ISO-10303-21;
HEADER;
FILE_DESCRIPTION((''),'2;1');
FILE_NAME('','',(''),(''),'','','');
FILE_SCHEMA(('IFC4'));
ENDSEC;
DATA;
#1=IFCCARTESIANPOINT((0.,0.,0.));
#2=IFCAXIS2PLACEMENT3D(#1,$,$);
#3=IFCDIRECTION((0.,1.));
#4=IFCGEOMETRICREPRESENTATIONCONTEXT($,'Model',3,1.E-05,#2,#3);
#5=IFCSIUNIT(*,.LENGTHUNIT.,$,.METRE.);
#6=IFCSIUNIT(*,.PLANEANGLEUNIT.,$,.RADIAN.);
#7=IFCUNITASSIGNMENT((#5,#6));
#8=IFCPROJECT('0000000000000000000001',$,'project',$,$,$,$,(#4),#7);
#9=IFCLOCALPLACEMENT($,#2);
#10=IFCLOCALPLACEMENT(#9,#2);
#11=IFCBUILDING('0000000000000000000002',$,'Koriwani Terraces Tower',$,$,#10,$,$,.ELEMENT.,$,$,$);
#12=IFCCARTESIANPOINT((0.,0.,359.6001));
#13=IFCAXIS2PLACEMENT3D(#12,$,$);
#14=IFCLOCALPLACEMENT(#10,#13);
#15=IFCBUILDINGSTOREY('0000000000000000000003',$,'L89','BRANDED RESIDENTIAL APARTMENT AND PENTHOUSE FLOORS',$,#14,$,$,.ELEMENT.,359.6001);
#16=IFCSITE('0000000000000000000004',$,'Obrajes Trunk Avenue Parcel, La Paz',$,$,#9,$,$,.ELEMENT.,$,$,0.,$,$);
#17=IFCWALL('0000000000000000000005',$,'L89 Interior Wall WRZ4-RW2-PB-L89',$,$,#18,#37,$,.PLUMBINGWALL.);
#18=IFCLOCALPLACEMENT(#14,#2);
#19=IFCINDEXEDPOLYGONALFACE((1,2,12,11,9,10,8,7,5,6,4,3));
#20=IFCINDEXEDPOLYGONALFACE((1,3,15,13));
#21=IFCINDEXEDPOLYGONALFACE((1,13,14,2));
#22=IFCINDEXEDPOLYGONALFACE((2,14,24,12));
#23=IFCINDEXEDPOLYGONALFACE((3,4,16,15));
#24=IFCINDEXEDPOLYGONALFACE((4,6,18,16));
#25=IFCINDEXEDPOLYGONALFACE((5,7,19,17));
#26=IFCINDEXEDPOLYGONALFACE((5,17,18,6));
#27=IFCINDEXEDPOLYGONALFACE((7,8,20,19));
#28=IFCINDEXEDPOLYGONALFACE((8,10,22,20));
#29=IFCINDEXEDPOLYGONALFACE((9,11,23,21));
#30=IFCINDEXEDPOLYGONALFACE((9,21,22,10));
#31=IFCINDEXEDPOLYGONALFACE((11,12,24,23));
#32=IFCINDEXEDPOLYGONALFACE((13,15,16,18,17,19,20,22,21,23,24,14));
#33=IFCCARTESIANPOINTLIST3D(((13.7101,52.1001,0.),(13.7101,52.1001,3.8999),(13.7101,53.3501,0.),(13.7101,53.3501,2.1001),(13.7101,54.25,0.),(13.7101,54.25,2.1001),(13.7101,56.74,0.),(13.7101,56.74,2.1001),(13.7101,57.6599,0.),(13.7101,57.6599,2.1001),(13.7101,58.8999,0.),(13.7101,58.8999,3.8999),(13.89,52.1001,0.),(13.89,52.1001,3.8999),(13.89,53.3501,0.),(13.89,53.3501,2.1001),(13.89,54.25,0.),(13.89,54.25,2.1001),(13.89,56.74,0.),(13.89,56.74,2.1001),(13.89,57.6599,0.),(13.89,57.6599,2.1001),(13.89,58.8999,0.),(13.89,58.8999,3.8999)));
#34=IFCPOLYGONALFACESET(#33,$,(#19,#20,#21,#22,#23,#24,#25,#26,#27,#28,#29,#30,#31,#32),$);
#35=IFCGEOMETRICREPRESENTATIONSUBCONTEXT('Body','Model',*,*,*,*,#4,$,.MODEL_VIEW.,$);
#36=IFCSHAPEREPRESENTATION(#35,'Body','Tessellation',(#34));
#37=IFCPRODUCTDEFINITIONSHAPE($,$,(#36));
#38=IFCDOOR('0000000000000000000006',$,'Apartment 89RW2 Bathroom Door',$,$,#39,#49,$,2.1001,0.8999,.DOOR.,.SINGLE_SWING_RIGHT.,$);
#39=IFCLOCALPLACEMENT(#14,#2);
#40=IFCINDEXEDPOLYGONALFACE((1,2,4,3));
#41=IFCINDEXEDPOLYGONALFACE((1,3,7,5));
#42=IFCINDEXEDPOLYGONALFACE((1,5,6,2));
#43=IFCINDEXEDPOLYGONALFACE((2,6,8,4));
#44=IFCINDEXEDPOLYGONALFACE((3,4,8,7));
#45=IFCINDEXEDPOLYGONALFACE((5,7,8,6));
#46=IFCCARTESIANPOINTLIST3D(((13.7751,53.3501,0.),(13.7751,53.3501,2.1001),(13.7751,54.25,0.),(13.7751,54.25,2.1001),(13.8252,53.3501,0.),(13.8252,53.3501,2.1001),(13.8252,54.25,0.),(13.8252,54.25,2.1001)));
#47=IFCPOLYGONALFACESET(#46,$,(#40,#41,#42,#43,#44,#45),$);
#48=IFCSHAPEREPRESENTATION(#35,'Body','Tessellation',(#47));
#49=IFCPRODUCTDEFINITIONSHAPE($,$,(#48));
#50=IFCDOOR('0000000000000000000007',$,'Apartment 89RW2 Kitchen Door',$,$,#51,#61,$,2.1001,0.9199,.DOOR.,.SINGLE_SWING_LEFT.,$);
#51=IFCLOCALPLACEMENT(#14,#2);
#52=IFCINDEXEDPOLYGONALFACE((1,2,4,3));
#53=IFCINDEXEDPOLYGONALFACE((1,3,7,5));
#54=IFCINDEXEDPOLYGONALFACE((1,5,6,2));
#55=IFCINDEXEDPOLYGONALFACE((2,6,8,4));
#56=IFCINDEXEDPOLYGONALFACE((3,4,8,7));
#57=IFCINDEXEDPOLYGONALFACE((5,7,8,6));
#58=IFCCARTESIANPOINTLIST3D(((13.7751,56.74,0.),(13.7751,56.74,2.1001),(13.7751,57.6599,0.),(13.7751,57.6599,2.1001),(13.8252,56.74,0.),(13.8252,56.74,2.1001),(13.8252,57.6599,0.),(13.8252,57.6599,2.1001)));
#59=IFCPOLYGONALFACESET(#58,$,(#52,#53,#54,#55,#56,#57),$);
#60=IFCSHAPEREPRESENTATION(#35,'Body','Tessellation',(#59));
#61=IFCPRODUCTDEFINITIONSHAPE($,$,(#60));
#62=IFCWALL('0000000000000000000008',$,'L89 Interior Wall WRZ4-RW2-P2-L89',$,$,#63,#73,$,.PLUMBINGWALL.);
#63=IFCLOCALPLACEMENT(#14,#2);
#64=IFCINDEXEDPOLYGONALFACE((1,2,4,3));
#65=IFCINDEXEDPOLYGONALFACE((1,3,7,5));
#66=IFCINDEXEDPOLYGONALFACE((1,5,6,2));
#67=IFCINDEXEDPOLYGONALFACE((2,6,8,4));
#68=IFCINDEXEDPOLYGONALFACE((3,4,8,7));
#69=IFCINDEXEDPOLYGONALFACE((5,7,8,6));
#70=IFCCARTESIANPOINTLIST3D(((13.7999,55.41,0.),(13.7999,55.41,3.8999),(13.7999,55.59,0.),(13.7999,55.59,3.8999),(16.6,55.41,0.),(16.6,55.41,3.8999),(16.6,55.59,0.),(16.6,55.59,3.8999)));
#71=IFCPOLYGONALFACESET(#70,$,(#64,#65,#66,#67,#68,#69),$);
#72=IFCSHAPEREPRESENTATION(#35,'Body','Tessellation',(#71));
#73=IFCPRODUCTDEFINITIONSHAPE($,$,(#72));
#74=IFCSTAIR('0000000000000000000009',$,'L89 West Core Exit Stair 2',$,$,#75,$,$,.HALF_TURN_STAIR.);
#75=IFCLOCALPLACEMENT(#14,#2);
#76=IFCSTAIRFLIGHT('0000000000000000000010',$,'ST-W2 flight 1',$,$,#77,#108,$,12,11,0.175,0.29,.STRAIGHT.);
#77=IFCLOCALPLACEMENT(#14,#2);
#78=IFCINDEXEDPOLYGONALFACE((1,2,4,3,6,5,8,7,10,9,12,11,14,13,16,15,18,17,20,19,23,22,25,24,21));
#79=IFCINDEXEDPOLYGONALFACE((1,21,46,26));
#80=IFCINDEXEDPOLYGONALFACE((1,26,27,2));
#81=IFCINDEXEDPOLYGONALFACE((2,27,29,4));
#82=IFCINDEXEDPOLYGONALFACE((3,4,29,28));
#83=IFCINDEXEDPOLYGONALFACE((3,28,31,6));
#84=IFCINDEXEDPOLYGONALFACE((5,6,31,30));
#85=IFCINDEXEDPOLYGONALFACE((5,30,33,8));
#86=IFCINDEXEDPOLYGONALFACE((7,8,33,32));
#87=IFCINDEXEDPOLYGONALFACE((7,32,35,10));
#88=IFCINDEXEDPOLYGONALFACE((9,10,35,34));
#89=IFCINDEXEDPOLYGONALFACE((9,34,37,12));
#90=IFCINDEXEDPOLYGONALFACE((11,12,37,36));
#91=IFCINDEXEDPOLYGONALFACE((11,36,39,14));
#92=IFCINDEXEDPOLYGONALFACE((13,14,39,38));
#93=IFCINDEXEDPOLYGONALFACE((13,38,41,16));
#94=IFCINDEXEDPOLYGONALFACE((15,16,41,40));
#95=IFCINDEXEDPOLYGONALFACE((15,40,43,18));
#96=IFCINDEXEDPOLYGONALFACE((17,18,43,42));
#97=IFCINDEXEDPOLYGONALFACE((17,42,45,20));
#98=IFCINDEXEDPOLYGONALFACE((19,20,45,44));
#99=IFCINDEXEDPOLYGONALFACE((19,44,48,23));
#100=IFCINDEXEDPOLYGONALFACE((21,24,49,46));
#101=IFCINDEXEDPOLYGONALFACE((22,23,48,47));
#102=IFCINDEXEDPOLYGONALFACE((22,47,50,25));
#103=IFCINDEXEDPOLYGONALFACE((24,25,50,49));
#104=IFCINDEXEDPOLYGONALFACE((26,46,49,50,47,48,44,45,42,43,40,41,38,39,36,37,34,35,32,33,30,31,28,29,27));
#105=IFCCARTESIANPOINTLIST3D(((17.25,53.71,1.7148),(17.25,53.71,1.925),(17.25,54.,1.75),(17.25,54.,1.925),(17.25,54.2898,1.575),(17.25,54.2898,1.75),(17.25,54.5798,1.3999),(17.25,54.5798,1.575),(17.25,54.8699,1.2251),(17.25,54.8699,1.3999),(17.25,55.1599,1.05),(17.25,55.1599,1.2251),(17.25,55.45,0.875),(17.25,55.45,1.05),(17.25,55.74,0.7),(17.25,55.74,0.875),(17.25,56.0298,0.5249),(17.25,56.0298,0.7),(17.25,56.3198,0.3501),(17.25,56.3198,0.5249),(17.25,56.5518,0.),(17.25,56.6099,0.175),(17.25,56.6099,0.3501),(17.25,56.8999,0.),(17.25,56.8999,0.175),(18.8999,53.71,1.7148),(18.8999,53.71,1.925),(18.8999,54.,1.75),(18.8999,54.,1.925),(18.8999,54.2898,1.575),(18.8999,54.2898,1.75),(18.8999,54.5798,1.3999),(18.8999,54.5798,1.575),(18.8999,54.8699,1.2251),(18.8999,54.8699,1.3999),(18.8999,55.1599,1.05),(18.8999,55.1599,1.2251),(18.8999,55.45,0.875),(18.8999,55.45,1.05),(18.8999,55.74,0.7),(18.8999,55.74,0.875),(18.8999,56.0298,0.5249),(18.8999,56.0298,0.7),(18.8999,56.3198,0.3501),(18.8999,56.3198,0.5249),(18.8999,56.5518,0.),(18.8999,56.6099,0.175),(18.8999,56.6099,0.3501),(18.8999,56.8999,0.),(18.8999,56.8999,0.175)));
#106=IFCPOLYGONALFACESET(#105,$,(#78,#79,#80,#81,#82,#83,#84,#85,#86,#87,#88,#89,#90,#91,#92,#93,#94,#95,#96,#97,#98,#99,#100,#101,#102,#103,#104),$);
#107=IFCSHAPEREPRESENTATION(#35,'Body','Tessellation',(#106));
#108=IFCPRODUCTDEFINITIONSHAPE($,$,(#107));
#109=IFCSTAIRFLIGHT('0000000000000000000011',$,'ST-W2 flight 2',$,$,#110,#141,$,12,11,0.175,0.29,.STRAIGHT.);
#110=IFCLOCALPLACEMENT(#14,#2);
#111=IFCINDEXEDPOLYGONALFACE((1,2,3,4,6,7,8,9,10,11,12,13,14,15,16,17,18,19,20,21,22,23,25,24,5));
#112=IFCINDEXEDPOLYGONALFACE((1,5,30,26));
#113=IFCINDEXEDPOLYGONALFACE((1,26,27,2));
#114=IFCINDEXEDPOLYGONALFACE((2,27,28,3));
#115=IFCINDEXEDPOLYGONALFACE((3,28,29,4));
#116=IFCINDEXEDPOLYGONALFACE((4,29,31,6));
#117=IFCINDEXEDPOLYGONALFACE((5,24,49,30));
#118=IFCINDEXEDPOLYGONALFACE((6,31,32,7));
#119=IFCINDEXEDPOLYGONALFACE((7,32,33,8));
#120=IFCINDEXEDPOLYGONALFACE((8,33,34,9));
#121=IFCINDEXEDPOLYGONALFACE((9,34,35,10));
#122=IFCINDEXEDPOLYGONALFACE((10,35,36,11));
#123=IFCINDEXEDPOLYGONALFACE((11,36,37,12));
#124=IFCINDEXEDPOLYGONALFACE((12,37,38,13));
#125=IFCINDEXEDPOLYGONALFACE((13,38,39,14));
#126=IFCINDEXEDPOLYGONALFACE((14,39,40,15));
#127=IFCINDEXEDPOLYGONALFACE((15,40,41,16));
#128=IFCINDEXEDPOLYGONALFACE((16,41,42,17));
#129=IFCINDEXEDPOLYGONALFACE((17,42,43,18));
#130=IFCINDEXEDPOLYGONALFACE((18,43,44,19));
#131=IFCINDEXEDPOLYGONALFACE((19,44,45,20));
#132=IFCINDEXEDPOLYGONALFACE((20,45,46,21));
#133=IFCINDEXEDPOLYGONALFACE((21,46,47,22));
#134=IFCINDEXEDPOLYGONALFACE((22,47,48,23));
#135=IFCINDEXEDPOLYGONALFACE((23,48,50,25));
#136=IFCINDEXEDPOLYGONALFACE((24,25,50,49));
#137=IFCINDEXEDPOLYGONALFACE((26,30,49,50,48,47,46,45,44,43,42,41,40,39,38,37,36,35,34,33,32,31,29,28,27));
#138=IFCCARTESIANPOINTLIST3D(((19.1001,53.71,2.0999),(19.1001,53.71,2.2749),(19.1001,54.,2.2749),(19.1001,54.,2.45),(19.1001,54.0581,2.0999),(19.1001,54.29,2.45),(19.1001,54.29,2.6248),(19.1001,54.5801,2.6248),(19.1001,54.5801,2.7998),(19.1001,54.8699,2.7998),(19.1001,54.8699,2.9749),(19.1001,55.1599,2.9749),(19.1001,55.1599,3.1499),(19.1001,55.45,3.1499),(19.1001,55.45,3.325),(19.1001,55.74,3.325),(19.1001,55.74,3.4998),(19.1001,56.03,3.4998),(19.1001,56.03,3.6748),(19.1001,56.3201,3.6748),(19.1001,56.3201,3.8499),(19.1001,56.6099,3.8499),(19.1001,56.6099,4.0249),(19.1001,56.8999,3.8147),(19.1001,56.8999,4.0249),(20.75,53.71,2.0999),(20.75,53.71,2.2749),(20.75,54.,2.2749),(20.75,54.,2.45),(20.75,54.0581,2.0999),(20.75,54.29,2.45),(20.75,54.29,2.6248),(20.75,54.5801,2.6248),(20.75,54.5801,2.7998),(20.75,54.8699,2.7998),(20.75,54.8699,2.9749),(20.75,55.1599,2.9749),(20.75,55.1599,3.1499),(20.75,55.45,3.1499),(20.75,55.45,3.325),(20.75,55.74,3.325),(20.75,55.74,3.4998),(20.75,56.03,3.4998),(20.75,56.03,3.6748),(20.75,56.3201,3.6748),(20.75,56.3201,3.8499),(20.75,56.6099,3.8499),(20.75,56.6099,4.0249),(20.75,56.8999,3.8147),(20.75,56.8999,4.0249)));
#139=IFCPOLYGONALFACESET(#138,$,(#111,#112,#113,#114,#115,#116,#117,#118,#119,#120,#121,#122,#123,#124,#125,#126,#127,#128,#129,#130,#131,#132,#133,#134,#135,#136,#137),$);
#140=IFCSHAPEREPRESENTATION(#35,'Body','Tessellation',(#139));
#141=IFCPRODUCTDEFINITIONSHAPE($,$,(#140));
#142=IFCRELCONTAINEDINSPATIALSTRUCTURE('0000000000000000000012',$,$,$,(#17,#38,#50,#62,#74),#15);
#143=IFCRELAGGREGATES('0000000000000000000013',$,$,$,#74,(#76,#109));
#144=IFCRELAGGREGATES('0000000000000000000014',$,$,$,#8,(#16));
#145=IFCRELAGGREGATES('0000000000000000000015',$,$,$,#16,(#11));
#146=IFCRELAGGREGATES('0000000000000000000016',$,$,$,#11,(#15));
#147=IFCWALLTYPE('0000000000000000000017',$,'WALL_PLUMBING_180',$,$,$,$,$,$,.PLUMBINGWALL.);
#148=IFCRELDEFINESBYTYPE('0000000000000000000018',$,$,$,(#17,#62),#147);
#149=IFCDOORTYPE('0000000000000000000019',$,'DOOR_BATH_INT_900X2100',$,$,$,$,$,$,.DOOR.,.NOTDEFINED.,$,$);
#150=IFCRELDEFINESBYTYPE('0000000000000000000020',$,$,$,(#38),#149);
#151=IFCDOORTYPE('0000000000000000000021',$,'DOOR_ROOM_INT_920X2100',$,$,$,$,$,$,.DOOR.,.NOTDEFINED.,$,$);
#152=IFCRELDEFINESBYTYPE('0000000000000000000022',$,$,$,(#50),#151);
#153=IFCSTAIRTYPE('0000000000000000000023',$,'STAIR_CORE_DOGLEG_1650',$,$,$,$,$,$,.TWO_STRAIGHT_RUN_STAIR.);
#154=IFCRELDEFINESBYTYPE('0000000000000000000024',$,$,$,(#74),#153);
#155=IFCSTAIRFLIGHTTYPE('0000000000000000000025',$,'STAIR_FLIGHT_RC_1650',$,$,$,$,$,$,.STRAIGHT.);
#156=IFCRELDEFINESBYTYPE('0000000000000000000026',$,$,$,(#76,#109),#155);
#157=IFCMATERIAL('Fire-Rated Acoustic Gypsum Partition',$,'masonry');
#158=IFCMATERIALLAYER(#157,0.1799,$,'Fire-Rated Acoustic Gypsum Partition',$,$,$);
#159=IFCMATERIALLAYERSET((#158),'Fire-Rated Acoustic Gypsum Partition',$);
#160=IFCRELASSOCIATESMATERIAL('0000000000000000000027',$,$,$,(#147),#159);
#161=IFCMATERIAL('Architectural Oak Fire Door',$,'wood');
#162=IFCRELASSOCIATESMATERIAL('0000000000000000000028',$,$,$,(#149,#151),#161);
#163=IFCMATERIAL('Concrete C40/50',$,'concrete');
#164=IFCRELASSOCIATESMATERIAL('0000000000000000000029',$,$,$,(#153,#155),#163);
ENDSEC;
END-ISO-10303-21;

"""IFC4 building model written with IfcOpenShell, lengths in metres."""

from ifc_helpers import new_model, si_unit, direction, frame, frame_2d, origin, place, context, subcontext, project, spatial, polyline, rectangle, outline, extrude, material, layer, layer_set, type_object, element, fill, aggregate, save


model = new_model("IFC4")

# Units and contexts
model_context = context("Model", 3, precision=1e-05, world=origin(), true_north=direction((0.0, 1.0)))
body_context = subcontext(model_context, "Body", "Model", "MODEL_VIEW")
ifc_project = project(units=[si_unit("LENGTHUNIT", "METRE"), si_unit("PLANEANGLEUNIT", "RADIAN")], contexts=[model_context])

# Site, building, storey
site_placement = place(None, origin())
site = spatial("IfcSite", under=ifc_project, at=site_placement, Name="Obrajes Trunk Avenue Parcel, La Paz", CompositionType="ELEMENT", RefElevation=0.0)
building_placement = place(site_placement, origin())
building = spatial("IfcBuilding", under=site, at=building_placement, Name="Koriwani Terraces Tower", CompositionType="ELEMENT")
storey_placement = place(building_placement, frame((0.0, 0.0, 359.6001)))
storey = spatial("IfcBuildingStorey", under=building, at=storey_placement, Name="L89", Description="BRANDED RESIDENTIAL APARTMENT AND PENTHOUSE FLOORS", CompositionType="ELEMENT", Elevation=359.6001)

# Shared definitions
ifc_material_1 = material(Name="Concrete C40/50", Category="concrete")

# Wall, openings, doors
ifc_material_2 = material(Name="Fire-Rated Acoustic Gypsum Partition", Category="masonry")
ifc_layer_1 = layer(ifc_material_2, 0.1799, Name="Fire-Rated Acoustic Gypsum Partition")
ifc_layer_set_1 = layer_set([ifc_layer_1], Name="Fire-Rated Acoustic Gypsum Partition")
wall_type_1 = type_object("IfcWallType", Name="WALL_PLUMBING_180", PredefinedType="PLUMBINGWALL", material=ifc_layer_set_1)
wall_1_placement = place(storey_placement, frame((13.8, 52.1001, 0.0), z_axis=(0.0, 0.0, 1.0), x_axis=(0.0, 1.0, 0.0)))
wall_1 = element("IfcWall", 1, at=wall_1_placement, inside=storey, type_object=wall_type_1, Name="L89 Interior Wall WRZ4-RW2-PB-L89", PredefinedType="PLUMBINGWALL", context=body_context, shape_type="SweptSolid", body=[
    extrude(rectangle(XDim=6.7998, YDim=0.1799, at=frame_2d((3.3999, 0.0))), origin(), (0.0, 0.0, 1.0), 3.8999),
])
opening_1_placement = place(wall_1_placement, frame((1.25, 0.0, 0.0)))
opening_1 = element("IfcOpeningElement", 2, at=opening_1_placement, cuts=wall_1, PredefinedType="OPENING", context=body_context, shape_type="SweptSolid", body=[
    extrude(rectangle(XDim=0.8999, YDim=2.1001, at=frame_2d((0.45, 1.05))), frame((0.0, 0.1001, 0.0), z_axis=(0.0, -1.0, 0.0), x_axis=(1.0, 0.0, 0.0)), (0.0, 0.0, 1.0), 0.2),
])
opening_2_placement = place(wall_1_placement, frame((4.6399, 0.0, 0.0)))
opening_2 = element("IfcOpeningElement", 3, at=opening_2_placement, cuts=wall_1, PredefinedType="OPENING", context=body_context, shape_type="SweptSolid", body=[
    extrude(rectangle(XDim=0.9199, YDim=2.1001, at=frame_2d((0.46, 1.05))), frame((0.0, 0.1001, 0.0), z_axis=(0.0, -1.0, 0.0), x_axis=(1.0, 0.0, 0.0)), (0.0, 0.0, 1.0), 0.2),
])
ifc_material_3 = material(Name="Architectural Oak Fire Door", Category="wood")
door_type_1 = type_object("IfcDoorType", Name="DOOR_BATH_INT_900X2100", OperationType="NOTDEFINED", PredefinedType="DOOR", material=ifc_material_3)
door_1_placement = place(opening_1_placement, origin())
door_1 = element("IfcDoor", 4, at=door_1_placement, inside=storey, type_object=door_type_1, Name="Apartment 89RW2 Bathroom Door", OperationType="SINGLE_SWING_RIGHT", OverallHeight=2.1001, OverallWidth=0.8999, PredefinedType="DOOR", context=body_context, shape_type="SweptSolid", body=[
    extrude(rectangle(XDim=0.8999, YDim=2.1001, at=frame_2d((0.45, 1.05))), frame((0.0, 0.0249, 0.0), z_axis=(0.0, -1.0, 0.0), x_axis=(1.0, 0.0, 0.0)), (0.0, 0.0, 1.0), 0.05),
])
fill(opening_1, door_1)
door_type_2 = type_object("IfcDoorType", Name="DOOR_ROOM_INT_920X2100", OperationType="NOTDEFINED", PredefinedType="DOOR", material=ifc_material_3)
door_2_placement = place(opening_2_placement, origin())
door_2 = element("IfcDoor", 5, at=door_2_placement, inside=storey, type_object=door_type_2, Name="Apartment 89RW2 Kitchen Door", OperationType="SINGLE_SWING_LEFT", OverallHeight=2.1001, OverallWidth=0.9199, PredefinedType="DOOR", context=body_context, shape_type="SweptSolid", body=[
    extrude(rectangle(XDim=0.9199, YDim=2.1001, at=frame_2d((0.46, 1.05))), frame((0.0, 0.0249, 0.0), z_axis=(0.0, -1.0, 0.0), x_axis=(1.0, 0.0, 0.0)), (0.0, 0.0, 1.0), 0.05),
])
fill(opening_2, door_2)

# Wall
wall_2_placement = place(storey_placement, frame((13.8, 55.5, 0.0), z_axis=(0.0, 0.0, 1.0), x_axis=(1.0, 0.0, 0.0)))
element("IfcWall", 6, at=wall_2_placement, inside=storey, type_object=wall_type_1, Name="L89 Interior Wall WRZ4-RW2-P2-L89", PredefinedType="PLUMBINGWALL", context=body_context, shape_type="SweptSolid", body=[
    extrude(rectangle(XDim=2.8, YDim=0.1799, at=frame_2d((1.3999, 0.0))), origin(), (0.0, 0.0, 1.0), 3.8999),
])

# Stair, stair flights
stair_type = type_object("IfcStairType", Name="STAIR_CORE_DOGLEG_1650", PredefinedType="TWO_STRAIGHT_RUN_STAIR", material=ifc_material_1)
stair_placement = place(storey_placement, origin())
stair = element("IfcStair", 7, at=stair_placement, inside=storey, type_object=stair_type, Name="L89 West Core Exit Stair 2", PredefinedType="HALF_TURN_STAIR")
stair_flight_type = type_object("IfcStairFlightType", Name="STAIR_FLIGHT_RC_1650", PredefinedType="STRAIGHT", material=ifc_material_1)
stair_flight_1_placement = place(storey_placement, frame((18.075, 56.8999, 0.0), z_axis=(0.0, 0.0, 1.0), x_axis=(0.0, -1.0, 0.0)))
stair_flight_1 = element("IfcStairFlight", 8, at=stair_flight_1_placement, type_object=stair_flight_type, Name="ST-W2 flight 1", NumberOfRisers=12, NumberOfTreads=11, PredefinedType="STRAIGHT", RiserHeight=0.175, TreadLength=0.29, context=body_context, shape_type="SweptSolid", body=[
    extrude(outline(polyline([(0.0, 0.0), (0.0, 0.175), (0.29, 0.175), (0.29, 0.3501), (0.5801, 0.3501), (0.5801, 0.5249), (0.8701, 0.5249), (0.8701, 0.7), (1.1599, 0.7), (1.1599, 0.875), (1.45, 0.875), (1.45, 1.05), (1.74, 1.05), (1.74, 1.2251), (2.03, 1.2251), (2.03, 1.3999), (2.3201, 1.3999), (2.3201, 1.575), (2.6101, 1.575), (2.6101, 1.75), (2.8999, 1.75), (2.8999, 1.925), (3.1899, 1.925), (3.1899, 2.1001), (3.1899, 1.7148), (0.3481, 0.0), (0.0, 0.0)])), frame((0.0, 0.825, 0.0), z_axis=(0.0, -1.0, 0.0), x_axis=(1.0, 0.0, 0.0)), (0.0, 0.0, 1.0), 1.6499),
])
stair_flight_2_placement = place(storey_placement, frame((19.925, 53.71, 2.0999), z_axis=(0.0, 0.0, 1.0), x_axis=(0.0, 1.0, 0.0)))
stair_flight_2 = element("IfcStairFlight", 9, at=stair_flight_2_placement, type_object=stair_flight_type, Name="ST-W2 flight 2", NumberOfRisers=12, NumberOfTreads=11, PredefinedType="STRAIGHT", RiserHeight=0.175, TreadLength=0.29, context=body_context, shape_type="SweptSolid", body=[
    extrude(outline(polyline([(0.0, 0.0), (0.0, 0.175), (0.29, 0.175), (0.29, 0.3501), (0.5801, 0.3501), (0.5801, 0.5249), (0.8701, 0.5249), (0.8701, 0.7), (1.1599, 0.7), (1.1599, 0.875), (1.45, 0.875), (1.45, 1.05), (1.74, 1.05), (1.74, 1.2251), (2.03, 1.2251), (2.03, 1.3999), (2.3201, 1.3999), (2.3201, 1.575), (2.6101, 1.575), (2.6101, 1.75), (2.8999, 1.75), (2.8999, 1.925), (3.1899, 1.925), (3.1899, 2.1001), (3.1899, 1.7148), (0.3481, 0.0), (0.0, 0.0)])), frame((0.0, 0.825, 0.0), z_axis=(0.0, -1.0, 0.0), x_axis=(1.0, 0.0, 0.0)), (0.0, 0.0, 1.0), 1.6499),
])
aggregate(stair, [stair_flight_1, stair_flight_2])

save(model, "model.ifc")
